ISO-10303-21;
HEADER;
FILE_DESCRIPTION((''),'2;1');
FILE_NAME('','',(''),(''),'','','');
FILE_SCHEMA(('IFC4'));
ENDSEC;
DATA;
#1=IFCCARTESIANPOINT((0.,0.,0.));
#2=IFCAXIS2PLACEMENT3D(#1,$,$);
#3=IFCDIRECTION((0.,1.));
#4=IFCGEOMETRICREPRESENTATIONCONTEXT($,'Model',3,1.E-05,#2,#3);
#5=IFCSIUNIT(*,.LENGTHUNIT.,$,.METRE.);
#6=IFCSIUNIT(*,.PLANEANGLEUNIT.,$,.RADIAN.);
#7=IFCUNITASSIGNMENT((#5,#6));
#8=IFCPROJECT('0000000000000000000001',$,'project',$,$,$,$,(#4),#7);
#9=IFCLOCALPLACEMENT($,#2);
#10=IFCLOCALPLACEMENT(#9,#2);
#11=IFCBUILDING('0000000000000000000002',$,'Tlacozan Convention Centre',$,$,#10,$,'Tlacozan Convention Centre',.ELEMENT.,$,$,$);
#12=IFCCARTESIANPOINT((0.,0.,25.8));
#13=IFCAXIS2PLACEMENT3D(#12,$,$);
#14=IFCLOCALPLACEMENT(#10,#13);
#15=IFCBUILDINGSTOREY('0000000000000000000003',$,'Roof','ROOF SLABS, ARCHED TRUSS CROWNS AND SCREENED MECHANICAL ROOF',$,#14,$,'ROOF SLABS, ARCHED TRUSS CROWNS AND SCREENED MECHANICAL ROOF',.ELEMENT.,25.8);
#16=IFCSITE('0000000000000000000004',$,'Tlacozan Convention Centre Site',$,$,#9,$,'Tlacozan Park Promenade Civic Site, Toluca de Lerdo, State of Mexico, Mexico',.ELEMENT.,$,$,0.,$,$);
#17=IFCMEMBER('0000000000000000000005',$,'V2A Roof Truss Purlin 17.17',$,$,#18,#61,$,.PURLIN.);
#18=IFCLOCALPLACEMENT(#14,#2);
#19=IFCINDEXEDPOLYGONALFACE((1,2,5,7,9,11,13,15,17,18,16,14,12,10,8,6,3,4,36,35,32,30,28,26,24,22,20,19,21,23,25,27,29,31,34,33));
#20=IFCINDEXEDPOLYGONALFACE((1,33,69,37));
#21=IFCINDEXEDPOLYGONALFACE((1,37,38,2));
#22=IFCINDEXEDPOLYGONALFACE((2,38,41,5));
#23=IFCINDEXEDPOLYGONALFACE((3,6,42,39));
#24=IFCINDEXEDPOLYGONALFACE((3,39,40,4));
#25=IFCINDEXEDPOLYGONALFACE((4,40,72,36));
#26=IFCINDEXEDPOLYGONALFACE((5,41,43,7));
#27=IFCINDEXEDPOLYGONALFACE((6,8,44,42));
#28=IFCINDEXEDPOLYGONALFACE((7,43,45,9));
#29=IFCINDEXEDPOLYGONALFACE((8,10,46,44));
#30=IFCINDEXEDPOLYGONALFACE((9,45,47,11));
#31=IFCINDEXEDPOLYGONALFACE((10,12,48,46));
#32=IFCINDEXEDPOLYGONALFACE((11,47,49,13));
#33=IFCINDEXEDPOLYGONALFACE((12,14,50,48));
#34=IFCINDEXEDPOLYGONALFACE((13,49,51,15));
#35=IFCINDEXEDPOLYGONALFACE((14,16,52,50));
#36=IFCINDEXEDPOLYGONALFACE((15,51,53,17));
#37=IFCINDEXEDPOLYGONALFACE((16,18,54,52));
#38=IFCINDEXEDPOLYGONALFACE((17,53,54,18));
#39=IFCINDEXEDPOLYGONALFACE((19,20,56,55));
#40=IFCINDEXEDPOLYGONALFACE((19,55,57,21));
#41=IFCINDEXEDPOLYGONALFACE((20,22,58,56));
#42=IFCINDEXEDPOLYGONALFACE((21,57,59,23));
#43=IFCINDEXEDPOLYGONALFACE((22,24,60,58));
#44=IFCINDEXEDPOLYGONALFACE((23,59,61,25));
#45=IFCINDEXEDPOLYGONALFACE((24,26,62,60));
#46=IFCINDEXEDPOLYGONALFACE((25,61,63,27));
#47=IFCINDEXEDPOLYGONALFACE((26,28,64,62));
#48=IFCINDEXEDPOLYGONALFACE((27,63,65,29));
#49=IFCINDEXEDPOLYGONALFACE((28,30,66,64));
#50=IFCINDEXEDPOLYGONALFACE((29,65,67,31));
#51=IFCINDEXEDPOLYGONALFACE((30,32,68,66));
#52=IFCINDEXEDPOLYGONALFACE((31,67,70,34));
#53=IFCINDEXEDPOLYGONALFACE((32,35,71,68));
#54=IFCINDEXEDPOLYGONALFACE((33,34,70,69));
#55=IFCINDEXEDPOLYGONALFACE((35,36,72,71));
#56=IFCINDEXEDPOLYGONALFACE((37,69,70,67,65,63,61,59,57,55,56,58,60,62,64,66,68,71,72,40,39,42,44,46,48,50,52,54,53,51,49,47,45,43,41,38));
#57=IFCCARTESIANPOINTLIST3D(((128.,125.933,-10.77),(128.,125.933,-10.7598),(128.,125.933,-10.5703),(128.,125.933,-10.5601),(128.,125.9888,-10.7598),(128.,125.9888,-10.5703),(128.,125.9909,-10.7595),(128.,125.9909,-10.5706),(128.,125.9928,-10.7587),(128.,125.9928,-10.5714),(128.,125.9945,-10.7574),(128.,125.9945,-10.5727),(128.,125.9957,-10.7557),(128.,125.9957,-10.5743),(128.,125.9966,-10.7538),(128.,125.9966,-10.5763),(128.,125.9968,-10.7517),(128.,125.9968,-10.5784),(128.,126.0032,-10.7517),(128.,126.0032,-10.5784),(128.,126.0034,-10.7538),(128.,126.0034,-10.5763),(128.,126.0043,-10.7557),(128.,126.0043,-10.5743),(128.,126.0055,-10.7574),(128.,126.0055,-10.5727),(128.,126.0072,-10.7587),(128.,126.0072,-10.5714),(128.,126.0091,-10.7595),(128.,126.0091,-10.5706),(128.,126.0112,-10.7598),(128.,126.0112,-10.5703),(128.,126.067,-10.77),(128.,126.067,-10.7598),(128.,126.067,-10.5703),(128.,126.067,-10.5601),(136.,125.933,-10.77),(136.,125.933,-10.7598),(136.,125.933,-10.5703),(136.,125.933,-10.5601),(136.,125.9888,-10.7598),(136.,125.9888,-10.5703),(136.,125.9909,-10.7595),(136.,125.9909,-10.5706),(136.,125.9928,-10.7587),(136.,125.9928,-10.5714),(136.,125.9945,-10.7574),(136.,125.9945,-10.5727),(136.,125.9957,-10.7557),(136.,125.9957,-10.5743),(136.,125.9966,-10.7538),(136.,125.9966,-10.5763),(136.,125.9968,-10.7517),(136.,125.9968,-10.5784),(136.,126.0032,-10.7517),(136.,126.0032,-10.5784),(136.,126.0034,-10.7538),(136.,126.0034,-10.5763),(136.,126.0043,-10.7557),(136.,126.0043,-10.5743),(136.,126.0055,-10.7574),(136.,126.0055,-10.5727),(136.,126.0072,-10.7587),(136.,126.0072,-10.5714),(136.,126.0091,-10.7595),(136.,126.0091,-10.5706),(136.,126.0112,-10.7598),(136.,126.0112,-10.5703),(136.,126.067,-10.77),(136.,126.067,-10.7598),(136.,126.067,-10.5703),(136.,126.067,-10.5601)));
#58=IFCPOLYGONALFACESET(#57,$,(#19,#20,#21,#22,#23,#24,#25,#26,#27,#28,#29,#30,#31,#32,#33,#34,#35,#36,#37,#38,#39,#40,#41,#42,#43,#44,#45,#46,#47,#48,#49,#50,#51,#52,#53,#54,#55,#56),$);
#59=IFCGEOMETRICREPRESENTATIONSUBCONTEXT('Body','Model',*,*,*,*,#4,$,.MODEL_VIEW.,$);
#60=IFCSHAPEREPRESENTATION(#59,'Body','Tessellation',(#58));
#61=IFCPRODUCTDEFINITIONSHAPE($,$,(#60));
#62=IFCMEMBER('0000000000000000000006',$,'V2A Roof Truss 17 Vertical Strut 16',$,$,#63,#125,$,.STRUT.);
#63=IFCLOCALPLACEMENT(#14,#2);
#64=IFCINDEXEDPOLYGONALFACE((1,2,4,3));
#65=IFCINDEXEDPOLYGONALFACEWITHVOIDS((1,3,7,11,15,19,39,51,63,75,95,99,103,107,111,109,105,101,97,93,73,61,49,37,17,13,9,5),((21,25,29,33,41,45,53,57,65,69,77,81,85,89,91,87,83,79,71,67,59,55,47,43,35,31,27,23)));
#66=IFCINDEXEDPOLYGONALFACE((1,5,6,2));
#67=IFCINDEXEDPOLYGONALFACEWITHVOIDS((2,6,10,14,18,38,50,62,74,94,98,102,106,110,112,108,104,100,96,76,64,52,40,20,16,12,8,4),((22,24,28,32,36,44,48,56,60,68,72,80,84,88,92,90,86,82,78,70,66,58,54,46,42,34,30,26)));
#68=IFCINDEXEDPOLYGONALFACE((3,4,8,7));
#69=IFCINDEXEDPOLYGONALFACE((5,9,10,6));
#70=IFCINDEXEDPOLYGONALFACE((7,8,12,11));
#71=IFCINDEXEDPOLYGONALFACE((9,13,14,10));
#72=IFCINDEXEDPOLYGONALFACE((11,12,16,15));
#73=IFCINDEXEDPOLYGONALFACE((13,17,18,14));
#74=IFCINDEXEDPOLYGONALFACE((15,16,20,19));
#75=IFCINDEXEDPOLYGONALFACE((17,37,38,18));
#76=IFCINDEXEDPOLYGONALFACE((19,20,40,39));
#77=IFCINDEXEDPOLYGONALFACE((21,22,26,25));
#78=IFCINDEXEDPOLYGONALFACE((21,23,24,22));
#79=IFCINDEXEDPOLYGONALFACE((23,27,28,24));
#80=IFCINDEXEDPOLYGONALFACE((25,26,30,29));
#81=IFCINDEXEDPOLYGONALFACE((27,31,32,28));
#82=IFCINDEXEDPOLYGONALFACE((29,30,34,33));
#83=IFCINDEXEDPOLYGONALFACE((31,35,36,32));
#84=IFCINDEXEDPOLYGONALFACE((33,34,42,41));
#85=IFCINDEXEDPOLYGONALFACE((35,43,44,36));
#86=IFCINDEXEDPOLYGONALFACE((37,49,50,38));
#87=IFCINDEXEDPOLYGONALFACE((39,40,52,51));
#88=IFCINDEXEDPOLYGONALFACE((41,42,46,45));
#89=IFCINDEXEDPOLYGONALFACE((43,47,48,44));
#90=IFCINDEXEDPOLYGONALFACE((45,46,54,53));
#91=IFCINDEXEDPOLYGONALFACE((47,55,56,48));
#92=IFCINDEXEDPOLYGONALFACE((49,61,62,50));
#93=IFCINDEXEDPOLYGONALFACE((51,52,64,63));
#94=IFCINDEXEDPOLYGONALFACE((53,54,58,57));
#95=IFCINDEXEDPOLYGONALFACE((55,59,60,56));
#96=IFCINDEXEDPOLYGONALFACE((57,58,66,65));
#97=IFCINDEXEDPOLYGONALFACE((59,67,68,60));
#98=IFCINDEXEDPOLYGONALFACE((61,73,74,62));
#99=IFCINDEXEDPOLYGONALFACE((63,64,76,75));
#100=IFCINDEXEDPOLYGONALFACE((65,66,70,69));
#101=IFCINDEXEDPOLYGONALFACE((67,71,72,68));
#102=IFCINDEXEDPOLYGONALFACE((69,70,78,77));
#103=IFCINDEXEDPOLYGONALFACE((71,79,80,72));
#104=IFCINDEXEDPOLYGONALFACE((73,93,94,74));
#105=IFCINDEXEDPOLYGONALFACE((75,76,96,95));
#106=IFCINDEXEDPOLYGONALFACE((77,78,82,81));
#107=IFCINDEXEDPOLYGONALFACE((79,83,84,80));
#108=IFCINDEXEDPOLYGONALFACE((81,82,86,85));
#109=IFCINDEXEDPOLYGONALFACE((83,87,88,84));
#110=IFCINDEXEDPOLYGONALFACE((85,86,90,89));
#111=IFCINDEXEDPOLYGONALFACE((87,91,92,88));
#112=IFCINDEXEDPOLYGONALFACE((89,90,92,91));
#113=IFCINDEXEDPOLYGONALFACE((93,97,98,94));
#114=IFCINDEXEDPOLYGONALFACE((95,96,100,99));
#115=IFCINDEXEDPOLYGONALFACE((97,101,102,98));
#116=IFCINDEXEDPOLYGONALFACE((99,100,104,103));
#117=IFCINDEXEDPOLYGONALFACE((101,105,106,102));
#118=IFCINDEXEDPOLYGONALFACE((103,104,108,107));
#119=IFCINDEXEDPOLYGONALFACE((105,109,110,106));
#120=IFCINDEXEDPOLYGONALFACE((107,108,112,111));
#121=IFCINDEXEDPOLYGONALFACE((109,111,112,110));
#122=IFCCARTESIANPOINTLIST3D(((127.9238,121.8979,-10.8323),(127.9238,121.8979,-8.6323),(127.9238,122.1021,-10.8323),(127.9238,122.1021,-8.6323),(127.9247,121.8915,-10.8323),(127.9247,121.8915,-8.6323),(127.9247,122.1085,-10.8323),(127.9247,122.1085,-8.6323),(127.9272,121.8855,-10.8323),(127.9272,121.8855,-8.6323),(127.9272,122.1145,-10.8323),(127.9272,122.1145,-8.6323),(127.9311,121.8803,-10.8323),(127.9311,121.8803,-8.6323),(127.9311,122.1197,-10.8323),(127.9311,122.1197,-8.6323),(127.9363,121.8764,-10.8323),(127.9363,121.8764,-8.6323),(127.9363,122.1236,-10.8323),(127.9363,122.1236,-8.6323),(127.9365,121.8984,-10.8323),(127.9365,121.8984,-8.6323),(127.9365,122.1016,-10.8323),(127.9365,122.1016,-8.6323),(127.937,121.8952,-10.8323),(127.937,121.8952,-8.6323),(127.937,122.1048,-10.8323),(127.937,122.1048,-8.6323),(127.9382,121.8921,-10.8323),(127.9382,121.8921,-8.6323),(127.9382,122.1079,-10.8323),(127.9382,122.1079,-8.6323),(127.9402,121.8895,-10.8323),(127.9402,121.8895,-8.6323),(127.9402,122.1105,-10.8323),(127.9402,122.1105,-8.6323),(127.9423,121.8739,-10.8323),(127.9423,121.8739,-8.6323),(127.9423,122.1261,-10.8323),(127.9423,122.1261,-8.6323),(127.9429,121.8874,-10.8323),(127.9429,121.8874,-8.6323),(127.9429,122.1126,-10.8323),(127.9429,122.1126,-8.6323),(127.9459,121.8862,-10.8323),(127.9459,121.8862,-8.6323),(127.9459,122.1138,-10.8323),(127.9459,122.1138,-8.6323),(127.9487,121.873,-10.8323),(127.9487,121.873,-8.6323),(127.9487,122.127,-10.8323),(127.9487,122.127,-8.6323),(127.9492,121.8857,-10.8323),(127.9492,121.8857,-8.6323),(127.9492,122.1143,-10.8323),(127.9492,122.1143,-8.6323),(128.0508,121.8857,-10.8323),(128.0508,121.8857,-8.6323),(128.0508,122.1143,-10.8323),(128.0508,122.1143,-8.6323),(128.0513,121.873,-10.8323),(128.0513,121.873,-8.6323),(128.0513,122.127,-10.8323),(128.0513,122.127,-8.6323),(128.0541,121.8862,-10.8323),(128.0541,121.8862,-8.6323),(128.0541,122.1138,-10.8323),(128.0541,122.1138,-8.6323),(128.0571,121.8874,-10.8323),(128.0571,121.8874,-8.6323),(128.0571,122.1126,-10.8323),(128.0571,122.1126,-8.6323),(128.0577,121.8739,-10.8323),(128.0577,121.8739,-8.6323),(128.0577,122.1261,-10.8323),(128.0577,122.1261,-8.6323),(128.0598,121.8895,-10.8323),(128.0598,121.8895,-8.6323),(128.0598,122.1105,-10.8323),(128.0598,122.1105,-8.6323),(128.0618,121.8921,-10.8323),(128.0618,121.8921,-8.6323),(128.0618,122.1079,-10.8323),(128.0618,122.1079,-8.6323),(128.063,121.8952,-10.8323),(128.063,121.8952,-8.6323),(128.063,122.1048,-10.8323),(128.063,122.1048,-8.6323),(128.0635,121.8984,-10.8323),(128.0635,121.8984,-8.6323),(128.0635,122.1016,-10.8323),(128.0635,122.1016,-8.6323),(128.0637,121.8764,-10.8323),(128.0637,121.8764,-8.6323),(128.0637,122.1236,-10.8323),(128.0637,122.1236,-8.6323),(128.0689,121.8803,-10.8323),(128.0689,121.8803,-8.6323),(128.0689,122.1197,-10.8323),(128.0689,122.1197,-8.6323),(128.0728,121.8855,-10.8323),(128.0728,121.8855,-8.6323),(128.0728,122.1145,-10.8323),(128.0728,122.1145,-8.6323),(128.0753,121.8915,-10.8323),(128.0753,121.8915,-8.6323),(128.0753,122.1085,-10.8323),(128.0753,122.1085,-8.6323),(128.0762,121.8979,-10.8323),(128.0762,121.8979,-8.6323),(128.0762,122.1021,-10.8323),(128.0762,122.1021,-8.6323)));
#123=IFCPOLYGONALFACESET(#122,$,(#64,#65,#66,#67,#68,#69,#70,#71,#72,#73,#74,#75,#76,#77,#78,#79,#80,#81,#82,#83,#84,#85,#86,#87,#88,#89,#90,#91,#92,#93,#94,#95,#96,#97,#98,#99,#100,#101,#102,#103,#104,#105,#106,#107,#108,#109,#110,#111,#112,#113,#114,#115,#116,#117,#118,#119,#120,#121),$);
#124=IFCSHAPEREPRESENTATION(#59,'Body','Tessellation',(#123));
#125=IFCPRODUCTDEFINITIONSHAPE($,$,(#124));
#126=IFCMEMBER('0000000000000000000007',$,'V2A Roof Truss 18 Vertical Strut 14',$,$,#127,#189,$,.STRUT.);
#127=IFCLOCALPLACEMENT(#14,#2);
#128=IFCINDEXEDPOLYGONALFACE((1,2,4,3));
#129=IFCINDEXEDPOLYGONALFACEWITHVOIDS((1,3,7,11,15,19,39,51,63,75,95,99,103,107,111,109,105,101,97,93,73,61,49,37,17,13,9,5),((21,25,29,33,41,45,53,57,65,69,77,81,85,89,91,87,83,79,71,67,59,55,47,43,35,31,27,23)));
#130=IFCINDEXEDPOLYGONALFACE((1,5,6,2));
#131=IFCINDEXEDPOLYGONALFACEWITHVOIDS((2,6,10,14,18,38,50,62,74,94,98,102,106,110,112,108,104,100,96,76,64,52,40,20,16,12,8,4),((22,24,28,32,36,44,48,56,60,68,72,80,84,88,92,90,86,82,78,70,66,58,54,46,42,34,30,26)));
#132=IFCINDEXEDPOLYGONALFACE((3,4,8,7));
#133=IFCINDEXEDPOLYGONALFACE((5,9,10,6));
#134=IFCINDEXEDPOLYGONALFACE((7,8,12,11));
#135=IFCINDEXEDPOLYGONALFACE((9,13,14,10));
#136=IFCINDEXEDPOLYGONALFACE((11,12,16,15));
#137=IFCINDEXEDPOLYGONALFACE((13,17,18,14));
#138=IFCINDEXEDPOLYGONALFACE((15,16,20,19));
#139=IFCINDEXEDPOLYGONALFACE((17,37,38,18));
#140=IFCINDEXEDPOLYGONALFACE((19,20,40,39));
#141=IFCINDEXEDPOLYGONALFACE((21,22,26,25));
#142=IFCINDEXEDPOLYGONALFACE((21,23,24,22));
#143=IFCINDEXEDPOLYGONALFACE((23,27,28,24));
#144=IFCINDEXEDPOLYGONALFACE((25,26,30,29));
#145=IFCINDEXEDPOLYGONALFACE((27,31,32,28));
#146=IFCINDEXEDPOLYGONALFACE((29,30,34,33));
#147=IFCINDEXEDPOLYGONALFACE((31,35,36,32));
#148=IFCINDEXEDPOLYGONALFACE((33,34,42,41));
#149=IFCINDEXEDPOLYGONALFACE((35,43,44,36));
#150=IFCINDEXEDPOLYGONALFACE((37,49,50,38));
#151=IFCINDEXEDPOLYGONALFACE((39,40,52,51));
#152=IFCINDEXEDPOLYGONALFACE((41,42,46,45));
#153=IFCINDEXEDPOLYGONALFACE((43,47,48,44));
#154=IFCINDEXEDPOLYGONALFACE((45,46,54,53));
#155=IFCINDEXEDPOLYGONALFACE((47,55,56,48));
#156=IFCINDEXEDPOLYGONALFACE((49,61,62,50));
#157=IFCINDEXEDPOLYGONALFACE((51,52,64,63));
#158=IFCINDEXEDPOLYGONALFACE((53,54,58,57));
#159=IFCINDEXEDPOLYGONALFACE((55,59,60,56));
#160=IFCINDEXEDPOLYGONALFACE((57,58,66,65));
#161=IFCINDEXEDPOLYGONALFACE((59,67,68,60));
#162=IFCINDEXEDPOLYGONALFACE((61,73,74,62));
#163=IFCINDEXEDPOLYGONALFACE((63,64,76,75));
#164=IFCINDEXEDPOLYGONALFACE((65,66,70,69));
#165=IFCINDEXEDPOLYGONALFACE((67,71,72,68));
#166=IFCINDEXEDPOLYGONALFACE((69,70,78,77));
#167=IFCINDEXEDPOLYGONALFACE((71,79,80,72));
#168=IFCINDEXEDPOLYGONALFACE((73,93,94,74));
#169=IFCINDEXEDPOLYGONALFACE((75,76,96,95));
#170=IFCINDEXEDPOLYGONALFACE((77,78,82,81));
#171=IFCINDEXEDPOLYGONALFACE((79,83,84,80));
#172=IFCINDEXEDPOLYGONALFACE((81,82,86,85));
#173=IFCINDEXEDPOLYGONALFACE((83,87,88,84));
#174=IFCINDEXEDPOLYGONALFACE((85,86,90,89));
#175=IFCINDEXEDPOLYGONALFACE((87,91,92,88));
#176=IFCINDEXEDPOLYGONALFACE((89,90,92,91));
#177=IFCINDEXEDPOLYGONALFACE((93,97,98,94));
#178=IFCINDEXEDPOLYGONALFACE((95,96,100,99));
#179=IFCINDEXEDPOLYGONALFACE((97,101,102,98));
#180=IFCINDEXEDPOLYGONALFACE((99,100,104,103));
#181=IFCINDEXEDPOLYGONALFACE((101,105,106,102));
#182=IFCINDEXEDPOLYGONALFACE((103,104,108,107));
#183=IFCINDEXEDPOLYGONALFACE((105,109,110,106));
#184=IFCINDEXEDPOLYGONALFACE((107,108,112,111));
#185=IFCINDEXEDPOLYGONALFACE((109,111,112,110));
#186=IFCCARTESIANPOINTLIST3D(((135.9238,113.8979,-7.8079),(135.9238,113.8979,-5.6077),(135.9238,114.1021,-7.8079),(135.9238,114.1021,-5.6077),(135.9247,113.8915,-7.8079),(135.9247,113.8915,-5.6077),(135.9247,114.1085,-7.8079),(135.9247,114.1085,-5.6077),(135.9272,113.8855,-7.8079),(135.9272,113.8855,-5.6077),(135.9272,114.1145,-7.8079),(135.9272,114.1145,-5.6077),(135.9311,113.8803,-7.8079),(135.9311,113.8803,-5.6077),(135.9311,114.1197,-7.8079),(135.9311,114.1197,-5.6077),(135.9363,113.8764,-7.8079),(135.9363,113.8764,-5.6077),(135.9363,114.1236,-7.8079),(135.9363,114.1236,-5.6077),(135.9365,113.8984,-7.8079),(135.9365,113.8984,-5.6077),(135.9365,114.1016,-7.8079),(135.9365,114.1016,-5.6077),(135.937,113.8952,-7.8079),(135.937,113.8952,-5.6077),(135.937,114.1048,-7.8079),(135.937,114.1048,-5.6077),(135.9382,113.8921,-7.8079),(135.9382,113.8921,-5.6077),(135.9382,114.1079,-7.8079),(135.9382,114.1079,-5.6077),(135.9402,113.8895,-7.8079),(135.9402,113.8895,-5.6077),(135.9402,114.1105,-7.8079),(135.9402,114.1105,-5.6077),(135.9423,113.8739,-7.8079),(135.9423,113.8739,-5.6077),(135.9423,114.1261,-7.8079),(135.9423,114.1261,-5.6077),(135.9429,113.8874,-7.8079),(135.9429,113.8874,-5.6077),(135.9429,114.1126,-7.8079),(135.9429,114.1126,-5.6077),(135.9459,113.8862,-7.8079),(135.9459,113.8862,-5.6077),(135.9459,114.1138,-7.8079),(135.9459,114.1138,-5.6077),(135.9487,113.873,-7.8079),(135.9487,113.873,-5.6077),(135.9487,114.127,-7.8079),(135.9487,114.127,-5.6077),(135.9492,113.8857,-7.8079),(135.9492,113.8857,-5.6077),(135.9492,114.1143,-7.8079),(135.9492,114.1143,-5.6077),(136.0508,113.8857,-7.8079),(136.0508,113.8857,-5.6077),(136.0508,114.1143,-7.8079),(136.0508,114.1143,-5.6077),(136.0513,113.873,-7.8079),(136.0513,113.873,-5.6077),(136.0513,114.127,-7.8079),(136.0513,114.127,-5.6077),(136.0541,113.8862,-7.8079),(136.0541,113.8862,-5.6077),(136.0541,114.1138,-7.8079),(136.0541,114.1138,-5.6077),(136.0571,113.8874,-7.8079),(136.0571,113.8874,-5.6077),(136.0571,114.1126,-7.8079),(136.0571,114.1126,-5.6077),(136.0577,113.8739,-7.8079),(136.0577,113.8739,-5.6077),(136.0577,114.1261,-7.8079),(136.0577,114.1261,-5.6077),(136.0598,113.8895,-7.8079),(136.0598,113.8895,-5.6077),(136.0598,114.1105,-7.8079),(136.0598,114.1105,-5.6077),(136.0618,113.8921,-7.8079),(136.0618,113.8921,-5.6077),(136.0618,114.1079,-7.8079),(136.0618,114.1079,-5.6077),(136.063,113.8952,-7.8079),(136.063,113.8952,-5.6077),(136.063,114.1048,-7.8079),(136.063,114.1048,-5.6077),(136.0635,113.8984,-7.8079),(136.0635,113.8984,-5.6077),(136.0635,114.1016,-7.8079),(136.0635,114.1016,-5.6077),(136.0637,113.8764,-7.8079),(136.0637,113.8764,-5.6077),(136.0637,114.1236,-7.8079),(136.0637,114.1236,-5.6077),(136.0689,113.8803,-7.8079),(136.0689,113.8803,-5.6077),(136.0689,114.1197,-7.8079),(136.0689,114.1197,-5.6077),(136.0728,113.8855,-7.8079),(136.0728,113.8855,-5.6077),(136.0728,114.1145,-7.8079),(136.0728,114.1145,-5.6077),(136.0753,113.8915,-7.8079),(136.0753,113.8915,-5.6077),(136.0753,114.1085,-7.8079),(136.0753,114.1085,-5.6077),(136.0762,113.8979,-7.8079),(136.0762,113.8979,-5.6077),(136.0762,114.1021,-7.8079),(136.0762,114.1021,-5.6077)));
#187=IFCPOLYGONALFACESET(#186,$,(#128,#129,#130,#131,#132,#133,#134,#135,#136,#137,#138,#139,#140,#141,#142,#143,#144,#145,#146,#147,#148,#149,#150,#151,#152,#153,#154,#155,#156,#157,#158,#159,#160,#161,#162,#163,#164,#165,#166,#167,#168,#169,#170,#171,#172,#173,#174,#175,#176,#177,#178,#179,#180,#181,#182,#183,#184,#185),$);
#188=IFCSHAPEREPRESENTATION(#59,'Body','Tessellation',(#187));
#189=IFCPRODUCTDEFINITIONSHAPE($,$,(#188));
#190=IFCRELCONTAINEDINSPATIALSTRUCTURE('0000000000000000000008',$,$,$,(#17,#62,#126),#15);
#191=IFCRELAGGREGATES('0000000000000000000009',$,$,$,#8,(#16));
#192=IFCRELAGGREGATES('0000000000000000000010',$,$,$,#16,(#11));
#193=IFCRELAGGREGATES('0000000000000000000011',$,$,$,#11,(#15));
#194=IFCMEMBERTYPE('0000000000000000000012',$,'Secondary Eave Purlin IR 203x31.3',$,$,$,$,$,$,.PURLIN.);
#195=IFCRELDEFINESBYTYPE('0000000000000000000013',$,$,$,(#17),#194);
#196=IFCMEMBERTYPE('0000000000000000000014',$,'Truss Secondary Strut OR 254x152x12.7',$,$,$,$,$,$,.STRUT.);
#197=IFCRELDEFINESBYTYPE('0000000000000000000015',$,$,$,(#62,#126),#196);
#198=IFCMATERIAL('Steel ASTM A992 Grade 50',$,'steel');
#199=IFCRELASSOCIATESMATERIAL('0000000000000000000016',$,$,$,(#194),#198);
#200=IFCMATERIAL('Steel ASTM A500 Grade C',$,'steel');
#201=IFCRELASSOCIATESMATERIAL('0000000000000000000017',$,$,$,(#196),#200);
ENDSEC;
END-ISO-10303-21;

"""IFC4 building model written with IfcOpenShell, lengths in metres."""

from ifc_helpers import new_model, si_unit, direction, frame, origin, origin_2d, place, context, subcontext, project, spatial, hollow_rectangle, i_section, extrude, material, material_profile, profile_set, type_object, element, save


model = new_model("IFC4")

# Units and contexts
model_context = context("Model", 3, precision=1e-05, world=origin(), true_north=direction((0.0, 1.0)))
body_context = subcontext(model_context, "Body", "Model", "MODEL_VIEW")
ifc_project = project(units=[si_unit("LENGTHUNIT", "METRE"), si_unit("PLANEANGLEUNIT", "RADIAN")], contexts=[model_context])

# Site, building, storey
site_placement = place(None, origin())
site = spatial("IfcSite", under=ifc_project, at=site_placement, Name="Tlacozan Convention Centre Site", LongName="Tlacozan Park Promenade Civic Site, Toluca de Lerdo, State of Mexico, Mexico", CompositionType="ELEMENT", RefElevation=0.0)
building_placement = place(site_placement, origin())
building = spatial("IfcBuilding", under=site, at=building_placement, Name="Tlacozan Convention Centre", LongName="Tlacozan Convention Centre", CompositionType="ELEMENT")
storey_placement = place(building_placement, frame((0.0, 0.0, 25.8)))
storey = spatial("IfcBuildingStorey", under=building, at=storey_placement, Name="Roof", Description="ROOF SLABS, ARCHED TRUSS CROWNS AND SCREENED MECHANICAL ROOF", LongName="ROOF SLABS, ARCHED TRUSS CROWNS AND SCREENED MECHANICAL ROOF", CompositionType="ELEMENT", Elevation=25.8)

# Members
ifc_material_1 = material(Name="Steel ASTM A500 Grade C", Category="steel")
ifc_material_2 = material(Name="Steel ASTM A992 Grade 50", Category="steel")
ifc_material_profile_1 = material_profile(ifc_material_2, i_section(OverallWidth=0.134, OverallDepth=0.21, WebThickness=0.0063, FlangeThickness=0.0103, FilletRadius=0.0081, at=origin_2d()), Name="IR 203x31.3")
ifc_profile_set_1 = profile_set([ifc_material_profile_1], Name="Steel ASTM A992 Grade 50")
member_type_1 = type_object("IfcMemberType", Name="Secondary Eave Purlin IR 203x31.3", PredefinedType="PURLIN", material=ifc_profile_set_1)
member_1_placement = place(storey_placement, frame((128.0, 126.0, -10.665), z_axis=(1.0, 0.0, 0.0), x_axis=(0.0, 1.0, 0.0)))
element("IfcMember", 1, at=member_1_placement, inside=storey, type_object=member_type_1, Name="V2A Roof Truss Purlin 17.17", PredefinedType="PURLIN", context=body_context, shape_type="SweptSolid", body=[
    extrude(i_section(OverallWidth=0.134, OverallDepth=0.21, WebThickness=0.0063, FlangeThickness=0.0103, FilletRadius=0.0081, at=origin_2d()), origin(), (0.0, 0.0, 1.0), 8.0),
])
ifc_material_profile_2 = material_profile(ifc_material_1, hollow_rectangle(XDim=0.1523, YDim=0.2539, WallThickness=0.0127, InnerFilletRadius=0.0127, OuterFilletRadius=0.0249, at=origin_2d()), Name="OR 254x152x12.7")
ifc_profile_set_2 = profile_set([ifc_material_profile_2], Name="Steel ASTM A500 Grade C")
member_type_2 = type_object("IfcMemberType", Name="Truss Secondary Strut OR 254x152x12.7", PredefinedType="STRUT", material=ifc_profile_set_2)
member_2_placement = place(storey_placement, frame((128.0, 122.0, -10.8323), z_axis=(0.0, 0.0, 1.0), x_axis=(1.0, 0.0, 0.0)))
element("IfcMember", 2, at=member_2_placement, inside=storey, type_object=member_type_2, Name="V2A Roof Truss 17 Vertical Strut 16", PredefinedType="STRUT", context=body_context, shape_type="SweptSolid", body=[
    extrude(hollow_rectangle(XDim=0.1523, YDim=0.2539, WallThickness=0.0127, InnerFilletRadius=0.0127, OuterFilletRadius=0.0249, at=origin_2d()), origin(), (0.0, 0.0, 1.0), 2.2),
])
member_3_placement = place(storey_placement, frame((136.0, 114.0, -7.8079), z_axis=(0.0, 0.0, 1.0), x_axis=(1.0, 0.0, 0.0)))
element("IfcMember", 3, at=member_3_placement, inside=storey, type_object=member_type_2, Name="V2A Roof Truss 18 Vertical Strut 14", PredefinedType="STRUT", context=body_context, shape_type="SweptSolid", body=[
    extrude(hollow_rectangle(XDim=0.1523, YDim=0.2539, WallThickness=0.0127, InnerFilletRadius=0.0127, OuterFilletRadius=0.0249, at=origin_2d()), origin(), (0.0, 0.0, 1.0), 2.2002),
])

save(model, "model.ifc")
